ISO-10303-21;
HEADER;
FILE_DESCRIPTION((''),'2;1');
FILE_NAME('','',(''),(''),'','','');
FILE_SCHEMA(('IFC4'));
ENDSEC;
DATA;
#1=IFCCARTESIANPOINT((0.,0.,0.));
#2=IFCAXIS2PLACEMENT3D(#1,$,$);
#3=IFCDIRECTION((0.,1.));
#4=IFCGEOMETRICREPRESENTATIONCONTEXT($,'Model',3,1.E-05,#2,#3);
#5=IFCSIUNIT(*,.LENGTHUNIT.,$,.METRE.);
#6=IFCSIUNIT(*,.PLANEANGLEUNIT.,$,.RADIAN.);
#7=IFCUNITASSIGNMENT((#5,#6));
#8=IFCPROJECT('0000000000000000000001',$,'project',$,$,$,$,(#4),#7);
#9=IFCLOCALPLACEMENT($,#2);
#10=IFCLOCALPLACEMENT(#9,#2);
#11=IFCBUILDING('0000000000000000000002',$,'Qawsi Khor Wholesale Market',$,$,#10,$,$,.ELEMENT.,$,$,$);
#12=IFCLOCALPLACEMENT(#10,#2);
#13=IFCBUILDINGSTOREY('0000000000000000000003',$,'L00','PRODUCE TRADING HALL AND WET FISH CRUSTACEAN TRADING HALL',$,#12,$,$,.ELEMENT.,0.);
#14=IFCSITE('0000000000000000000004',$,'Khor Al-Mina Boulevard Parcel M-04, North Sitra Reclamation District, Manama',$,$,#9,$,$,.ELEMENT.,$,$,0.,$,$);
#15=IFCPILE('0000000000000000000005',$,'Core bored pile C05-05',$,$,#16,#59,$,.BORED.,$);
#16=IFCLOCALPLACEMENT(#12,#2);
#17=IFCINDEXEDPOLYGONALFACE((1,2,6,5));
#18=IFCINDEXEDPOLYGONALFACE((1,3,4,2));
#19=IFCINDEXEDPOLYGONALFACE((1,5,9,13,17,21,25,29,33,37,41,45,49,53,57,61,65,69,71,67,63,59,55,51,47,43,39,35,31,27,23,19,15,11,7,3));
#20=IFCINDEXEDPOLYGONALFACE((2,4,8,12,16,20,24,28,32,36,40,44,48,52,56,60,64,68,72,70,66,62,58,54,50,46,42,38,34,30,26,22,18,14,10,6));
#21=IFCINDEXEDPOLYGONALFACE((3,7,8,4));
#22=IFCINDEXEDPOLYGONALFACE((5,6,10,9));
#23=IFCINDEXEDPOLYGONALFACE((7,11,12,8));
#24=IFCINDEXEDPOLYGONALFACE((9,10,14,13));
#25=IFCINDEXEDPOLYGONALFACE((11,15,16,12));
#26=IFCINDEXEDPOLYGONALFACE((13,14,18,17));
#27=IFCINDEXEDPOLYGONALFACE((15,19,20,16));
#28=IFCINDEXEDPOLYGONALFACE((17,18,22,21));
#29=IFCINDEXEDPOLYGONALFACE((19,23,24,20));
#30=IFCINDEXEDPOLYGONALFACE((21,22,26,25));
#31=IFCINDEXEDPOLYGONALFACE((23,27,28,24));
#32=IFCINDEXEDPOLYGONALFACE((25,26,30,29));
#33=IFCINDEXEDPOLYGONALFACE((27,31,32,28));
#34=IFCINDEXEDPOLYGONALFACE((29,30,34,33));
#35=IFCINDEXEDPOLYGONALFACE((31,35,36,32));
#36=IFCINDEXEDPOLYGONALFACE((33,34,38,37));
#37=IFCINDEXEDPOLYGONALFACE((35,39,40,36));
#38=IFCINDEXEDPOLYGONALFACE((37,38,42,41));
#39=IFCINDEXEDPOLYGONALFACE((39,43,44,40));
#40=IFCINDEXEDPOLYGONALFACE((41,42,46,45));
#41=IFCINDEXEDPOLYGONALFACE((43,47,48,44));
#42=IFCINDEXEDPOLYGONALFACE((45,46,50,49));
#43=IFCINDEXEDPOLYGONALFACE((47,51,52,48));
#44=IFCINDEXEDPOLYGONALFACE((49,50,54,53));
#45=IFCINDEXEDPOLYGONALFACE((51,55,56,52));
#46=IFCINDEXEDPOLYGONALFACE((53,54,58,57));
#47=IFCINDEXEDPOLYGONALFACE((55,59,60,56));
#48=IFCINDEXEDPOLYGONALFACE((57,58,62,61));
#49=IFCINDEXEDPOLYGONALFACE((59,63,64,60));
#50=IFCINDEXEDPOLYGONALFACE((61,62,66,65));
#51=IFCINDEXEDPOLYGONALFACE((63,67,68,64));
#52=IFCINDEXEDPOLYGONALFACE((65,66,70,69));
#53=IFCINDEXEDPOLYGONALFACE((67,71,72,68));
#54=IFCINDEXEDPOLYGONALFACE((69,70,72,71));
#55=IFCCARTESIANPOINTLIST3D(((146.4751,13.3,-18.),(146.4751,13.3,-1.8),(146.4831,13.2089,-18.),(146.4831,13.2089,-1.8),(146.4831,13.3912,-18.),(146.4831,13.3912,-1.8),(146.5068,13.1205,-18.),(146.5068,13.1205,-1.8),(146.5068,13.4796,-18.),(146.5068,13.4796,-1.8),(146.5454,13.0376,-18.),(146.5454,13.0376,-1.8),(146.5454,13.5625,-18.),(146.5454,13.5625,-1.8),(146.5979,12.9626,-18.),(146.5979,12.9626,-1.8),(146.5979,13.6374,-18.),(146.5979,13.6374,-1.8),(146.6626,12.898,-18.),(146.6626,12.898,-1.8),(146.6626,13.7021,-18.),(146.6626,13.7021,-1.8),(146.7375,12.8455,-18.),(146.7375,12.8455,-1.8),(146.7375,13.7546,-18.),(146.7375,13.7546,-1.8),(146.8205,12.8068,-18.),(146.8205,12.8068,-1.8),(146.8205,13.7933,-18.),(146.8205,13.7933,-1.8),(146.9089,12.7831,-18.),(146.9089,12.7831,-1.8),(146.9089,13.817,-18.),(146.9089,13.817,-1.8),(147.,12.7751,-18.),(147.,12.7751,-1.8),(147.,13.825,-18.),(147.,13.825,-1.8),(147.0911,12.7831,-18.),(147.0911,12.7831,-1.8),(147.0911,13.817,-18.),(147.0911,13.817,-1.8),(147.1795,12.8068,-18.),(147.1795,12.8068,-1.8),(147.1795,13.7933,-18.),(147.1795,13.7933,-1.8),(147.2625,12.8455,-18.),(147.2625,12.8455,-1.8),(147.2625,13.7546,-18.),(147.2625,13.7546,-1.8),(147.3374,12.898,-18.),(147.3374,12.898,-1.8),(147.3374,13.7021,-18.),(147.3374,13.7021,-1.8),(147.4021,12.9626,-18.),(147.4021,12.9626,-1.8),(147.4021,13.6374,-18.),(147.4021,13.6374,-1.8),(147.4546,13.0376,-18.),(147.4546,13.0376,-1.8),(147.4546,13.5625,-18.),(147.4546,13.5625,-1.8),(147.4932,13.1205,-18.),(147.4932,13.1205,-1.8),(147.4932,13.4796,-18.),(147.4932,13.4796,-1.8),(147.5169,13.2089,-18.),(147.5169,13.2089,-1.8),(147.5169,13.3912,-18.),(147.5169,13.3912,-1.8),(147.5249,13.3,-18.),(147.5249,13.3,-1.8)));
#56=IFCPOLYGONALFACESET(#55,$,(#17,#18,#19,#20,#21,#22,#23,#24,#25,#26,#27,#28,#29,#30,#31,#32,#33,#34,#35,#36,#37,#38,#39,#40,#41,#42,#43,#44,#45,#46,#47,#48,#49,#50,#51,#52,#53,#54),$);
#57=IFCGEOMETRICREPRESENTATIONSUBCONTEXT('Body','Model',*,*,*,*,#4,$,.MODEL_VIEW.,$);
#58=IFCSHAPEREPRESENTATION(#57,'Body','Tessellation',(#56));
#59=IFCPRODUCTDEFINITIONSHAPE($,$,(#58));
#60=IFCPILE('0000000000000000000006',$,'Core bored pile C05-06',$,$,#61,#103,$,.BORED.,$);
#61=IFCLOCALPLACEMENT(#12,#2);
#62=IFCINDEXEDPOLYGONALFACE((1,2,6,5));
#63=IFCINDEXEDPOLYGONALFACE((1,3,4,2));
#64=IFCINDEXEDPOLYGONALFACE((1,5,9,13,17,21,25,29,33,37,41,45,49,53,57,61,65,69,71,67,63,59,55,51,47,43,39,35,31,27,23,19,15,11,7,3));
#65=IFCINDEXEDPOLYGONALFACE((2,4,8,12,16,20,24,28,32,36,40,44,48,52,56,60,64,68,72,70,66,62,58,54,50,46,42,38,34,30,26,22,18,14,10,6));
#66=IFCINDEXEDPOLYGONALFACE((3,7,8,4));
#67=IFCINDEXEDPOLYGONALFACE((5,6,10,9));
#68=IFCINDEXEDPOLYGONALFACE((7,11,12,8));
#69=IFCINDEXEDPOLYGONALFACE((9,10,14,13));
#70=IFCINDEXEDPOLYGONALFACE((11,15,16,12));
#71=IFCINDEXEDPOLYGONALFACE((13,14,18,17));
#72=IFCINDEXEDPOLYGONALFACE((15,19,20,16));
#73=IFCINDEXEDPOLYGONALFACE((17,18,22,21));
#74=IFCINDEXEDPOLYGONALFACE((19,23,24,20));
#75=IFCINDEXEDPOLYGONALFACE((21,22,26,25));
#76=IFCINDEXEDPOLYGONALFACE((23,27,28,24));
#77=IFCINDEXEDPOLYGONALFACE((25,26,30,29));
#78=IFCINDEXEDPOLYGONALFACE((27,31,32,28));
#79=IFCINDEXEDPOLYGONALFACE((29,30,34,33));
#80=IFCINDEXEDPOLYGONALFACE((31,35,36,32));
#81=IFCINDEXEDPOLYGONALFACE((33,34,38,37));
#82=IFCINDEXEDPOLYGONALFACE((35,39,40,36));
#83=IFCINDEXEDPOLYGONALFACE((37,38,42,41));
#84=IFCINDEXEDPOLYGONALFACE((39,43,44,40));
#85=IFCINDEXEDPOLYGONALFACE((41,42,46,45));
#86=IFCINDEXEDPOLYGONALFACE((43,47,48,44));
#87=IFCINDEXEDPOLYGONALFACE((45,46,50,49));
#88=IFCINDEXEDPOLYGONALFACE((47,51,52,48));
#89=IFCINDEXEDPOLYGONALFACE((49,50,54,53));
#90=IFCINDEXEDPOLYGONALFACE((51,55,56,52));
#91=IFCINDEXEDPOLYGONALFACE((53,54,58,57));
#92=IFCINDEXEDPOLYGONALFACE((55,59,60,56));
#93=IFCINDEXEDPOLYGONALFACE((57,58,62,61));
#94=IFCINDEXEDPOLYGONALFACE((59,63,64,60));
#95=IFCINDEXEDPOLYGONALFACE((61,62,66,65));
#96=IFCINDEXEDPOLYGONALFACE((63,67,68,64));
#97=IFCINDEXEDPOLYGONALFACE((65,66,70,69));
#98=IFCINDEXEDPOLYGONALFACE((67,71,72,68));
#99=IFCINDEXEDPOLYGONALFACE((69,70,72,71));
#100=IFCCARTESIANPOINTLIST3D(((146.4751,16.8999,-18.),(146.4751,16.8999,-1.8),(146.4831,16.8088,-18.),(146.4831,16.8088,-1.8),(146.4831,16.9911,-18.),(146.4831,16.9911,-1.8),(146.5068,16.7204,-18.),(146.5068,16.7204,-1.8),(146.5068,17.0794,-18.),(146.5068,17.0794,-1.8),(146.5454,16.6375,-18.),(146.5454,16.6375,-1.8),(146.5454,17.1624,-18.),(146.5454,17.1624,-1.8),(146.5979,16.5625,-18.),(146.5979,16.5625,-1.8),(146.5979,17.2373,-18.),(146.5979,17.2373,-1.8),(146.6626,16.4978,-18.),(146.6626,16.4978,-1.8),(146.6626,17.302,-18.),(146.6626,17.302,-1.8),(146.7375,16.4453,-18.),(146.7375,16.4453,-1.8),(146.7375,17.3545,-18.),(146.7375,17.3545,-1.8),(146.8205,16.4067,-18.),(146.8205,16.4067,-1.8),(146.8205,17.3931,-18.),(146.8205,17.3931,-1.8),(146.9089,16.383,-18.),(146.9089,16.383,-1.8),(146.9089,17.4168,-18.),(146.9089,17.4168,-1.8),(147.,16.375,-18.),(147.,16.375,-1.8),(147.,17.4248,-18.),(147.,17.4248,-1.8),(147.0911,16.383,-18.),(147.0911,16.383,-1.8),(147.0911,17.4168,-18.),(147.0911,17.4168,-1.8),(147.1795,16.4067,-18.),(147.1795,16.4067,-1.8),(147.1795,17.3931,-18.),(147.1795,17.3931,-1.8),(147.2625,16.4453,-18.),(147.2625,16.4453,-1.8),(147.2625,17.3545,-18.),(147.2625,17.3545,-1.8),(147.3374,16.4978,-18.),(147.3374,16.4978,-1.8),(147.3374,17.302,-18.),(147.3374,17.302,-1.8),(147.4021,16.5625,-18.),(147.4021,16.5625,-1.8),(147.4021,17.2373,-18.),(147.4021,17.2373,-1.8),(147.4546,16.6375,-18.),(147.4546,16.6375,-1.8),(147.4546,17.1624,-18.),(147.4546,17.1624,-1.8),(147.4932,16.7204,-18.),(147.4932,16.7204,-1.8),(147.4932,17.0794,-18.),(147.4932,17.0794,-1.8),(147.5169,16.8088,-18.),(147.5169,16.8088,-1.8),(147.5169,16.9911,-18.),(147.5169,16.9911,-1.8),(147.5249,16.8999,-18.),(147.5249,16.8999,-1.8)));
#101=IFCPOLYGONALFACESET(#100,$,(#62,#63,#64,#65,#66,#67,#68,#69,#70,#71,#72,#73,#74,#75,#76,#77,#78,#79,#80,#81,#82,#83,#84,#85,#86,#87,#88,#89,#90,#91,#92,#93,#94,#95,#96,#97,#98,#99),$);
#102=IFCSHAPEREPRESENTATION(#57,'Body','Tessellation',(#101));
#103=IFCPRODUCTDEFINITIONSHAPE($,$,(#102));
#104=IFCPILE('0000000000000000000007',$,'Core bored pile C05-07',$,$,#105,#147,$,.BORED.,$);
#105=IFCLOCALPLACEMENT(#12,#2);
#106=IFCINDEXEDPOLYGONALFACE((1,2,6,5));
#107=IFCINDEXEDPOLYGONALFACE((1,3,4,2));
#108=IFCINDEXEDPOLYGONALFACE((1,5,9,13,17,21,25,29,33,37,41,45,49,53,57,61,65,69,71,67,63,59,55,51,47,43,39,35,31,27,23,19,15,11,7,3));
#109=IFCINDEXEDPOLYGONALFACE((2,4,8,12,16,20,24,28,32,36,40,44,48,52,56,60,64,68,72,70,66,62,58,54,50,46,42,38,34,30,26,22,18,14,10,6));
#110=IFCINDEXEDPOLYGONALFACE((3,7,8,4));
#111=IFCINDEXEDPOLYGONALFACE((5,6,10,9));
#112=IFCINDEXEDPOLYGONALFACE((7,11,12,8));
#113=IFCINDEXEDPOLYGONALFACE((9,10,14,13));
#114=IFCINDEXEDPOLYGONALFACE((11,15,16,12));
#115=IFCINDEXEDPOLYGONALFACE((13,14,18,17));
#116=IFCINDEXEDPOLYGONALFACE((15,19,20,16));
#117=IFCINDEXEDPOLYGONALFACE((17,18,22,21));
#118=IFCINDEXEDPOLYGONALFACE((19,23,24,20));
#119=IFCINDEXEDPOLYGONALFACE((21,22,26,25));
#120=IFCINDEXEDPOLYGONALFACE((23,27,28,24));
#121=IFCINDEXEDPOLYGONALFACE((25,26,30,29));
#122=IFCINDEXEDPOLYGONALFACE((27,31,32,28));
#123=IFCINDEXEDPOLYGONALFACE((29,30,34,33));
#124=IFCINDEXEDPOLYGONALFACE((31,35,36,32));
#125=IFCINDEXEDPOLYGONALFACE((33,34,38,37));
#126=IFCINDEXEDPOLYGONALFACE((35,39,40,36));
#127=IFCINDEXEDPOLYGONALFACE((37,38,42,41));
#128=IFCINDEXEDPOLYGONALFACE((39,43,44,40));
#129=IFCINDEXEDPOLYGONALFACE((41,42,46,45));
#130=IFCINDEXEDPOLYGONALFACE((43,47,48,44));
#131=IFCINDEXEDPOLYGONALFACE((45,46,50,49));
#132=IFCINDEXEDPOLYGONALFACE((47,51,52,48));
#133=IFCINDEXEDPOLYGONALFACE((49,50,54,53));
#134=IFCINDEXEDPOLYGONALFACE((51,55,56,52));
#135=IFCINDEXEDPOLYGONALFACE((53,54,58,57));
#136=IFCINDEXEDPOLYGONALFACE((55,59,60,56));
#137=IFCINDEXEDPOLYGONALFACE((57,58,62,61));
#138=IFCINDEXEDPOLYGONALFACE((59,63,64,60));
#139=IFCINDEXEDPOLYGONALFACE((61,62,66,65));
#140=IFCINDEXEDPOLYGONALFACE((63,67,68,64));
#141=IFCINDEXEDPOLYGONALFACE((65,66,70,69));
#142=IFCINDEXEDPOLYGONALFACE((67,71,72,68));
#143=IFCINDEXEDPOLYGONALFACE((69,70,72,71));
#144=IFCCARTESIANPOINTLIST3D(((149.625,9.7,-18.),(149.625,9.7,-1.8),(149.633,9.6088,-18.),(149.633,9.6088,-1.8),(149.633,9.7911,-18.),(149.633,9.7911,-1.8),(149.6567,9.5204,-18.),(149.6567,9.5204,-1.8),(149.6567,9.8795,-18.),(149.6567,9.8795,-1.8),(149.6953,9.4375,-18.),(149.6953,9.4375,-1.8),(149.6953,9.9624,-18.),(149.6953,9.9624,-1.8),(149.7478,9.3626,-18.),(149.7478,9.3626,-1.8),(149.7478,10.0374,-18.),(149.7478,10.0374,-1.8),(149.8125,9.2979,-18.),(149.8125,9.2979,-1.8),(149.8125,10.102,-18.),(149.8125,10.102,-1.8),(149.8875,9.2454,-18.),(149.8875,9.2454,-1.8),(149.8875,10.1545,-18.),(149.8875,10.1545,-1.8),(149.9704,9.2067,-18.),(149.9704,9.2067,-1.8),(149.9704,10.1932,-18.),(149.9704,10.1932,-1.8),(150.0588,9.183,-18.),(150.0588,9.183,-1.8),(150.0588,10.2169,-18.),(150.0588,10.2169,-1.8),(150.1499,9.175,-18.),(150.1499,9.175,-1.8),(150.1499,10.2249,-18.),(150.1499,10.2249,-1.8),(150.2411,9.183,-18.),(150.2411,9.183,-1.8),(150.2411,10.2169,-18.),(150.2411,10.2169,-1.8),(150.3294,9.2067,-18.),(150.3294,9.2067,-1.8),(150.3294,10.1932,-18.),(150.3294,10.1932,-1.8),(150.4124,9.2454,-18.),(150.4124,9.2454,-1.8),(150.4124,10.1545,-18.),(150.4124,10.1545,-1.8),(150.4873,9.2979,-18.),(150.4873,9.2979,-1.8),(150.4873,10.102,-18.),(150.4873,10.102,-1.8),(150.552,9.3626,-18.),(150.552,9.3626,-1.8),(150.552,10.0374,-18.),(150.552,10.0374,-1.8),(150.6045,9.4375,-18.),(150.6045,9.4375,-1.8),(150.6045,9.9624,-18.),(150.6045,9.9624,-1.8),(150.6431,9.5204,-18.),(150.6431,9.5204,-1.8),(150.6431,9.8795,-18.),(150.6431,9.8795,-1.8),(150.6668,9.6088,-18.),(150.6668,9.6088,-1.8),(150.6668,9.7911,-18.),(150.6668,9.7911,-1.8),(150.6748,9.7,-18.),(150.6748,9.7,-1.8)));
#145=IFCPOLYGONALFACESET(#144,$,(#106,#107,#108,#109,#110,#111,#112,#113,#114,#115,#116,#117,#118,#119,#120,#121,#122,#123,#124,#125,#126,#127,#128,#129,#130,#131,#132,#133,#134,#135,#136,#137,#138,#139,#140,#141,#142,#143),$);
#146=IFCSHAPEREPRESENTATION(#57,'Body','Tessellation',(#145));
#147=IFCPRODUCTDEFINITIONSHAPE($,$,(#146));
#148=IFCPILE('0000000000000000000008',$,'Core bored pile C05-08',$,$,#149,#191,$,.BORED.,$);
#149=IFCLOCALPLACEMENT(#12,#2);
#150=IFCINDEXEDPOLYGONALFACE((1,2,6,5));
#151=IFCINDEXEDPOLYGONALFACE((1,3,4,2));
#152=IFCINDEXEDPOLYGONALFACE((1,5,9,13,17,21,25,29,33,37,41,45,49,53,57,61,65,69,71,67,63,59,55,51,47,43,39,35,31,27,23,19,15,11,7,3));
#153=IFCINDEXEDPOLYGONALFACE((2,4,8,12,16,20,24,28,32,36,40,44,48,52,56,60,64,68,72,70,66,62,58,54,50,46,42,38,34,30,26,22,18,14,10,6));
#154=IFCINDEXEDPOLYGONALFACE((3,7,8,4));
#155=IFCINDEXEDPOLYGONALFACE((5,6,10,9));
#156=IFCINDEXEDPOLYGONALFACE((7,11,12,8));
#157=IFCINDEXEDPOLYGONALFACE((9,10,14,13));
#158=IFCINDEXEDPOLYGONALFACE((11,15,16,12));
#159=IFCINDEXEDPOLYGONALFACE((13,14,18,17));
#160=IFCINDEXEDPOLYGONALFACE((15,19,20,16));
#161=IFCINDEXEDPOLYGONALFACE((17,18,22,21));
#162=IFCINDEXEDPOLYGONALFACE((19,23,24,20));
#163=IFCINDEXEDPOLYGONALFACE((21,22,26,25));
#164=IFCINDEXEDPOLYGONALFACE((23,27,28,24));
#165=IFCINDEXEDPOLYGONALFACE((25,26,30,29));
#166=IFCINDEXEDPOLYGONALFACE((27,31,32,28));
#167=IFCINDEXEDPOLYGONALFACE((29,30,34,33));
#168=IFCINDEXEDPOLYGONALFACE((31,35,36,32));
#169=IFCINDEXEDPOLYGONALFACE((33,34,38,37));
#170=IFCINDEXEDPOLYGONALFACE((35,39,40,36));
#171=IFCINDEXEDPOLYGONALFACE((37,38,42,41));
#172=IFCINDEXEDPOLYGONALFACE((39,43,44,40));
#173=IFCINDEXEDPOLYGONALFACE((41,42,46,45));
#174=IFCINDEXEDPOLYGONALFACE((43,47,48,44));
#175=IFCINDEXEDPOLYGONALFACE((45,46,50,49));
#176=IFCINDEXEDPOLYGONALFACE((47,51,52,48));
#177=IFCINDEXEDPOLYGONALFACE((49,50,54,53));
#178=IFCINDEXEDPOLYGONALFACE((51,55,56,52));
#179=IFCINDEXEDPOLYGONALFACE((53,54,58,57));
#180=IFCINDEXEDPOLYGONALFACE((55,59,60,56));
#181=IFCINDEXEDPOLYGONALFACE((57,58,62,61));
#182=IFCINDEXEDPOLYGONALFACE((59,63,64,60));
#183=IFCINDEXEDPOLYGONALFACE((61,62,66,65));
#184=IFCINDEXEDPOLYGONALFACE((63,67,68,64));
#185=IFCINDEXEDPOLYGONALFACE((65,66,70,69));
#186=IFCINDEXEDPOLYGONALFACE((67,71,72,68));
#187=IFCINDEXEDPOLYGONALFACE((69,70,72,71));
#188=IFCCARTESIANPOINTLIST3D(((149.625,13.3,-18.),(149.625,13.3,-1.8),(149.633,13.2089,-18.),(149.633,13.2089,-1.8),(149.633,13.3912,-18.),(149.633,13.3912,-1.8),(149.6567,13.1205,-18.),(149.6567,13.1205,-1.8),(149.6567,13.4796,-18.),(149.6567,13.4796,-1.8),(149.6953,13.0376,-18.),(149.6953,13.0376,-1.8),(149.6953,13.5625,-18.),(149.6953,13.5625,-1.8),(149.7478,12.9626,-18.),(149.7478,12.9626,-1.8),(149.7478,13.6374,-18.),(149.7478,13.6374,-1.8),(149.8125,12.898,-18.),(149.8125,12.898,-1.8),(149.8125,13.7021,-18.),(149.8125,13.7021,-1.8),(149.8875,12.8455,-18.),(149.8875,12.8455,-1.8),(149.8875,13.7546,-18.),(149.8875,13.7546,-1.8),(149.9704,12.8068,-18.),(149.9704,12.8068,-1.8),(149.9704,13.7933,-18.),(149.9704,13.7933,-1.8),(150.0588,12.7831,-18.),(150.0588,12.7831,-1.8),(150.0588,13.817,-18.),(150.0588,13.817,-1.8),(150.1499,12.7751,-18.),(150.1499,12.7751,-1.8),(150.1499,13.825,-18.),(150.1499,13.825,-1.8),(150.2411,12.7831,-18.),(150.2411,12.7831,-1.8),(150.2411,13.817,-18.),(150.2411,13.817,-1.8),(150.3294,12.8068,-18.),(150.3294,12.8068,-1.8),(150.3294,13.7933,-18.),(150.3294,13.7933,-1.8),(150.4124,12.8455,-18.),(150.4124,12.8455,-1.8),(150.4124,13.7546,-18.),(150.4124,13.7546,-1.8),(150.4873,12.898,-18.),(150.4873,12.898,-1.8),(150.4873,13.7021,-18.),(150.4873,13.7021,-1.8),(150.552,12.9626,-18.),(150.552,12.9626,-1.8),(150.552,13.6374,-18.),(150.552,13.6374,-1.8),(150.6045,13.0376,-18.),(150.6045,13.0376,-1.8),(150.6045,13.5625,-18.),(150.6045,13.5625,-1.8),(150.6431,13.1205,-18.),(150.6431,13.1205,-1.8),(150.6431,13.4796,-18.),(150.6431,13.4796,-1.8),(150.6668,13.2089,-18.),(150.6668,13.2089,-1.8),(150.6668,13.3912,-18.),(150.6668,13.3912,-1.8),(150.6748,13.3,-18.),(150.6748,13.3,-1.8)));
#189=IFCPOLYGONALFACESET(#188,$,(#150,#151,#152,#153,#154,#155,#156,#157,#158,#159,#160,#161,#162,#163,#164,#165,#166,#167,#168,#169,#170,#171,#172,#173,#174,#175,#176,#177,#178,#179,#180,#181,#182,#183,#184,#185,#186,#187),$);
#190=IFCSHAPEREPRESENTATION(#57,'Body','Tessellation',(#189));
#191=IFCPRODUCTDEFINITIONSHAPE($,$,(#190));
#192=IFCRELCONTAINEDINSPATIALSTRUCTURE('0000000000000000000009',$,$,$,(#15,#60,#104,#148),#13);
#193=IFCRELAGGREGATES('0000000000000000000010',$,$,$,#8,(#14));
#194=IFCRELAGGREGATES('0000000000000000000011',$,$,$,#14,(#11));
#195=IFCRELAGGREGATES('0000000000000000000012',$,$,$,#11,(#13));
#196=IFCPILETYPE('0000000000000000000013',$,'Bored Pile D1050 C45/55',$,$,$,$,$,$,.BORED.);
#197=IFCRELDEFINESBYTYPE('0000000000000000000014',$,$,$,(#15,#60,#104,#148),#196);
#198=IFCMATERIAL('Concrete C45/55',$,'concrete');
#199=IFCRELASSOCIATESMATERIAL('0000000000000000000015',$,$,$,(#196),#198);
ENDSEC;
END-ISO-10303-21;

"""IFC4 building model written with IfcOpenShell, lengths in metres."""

from ifc_helpers import new_model, si_unit, direction, frame, origin, origin_2d, place, context, subcontext, project, spatial, circle, extrude, material, material_profile, profile_set, type_object, element, save


model = new_model("IFC4")

# Units and contexts
model_context = context("Model", 3, precision=1e-05, world=origin(), true_north=direction((0.0, 1.0)))
body_context = subcontext(model_context, "Body", "Model", "MODEL_VIEW")
ifc_project = project(units=[si_unit("LENGTHUNIT", "METRE"), si_unit("PLANEANGLEUNIT", "RADIAN")], contexts=[model_context])

# Site, building, storey
site_placement = place(None, origin())
site = spatial("IfcSite", under=ifc_project, at=site_placement, Name="Khor Al-Mina Boulevard Parcel M-04, North Sitra Reclamation District, Manama", CompositionType="ELEMENT", RefElevation=0.0)
building_placement = place(site_placement, origin())
building = spatial("IfcBuilding", under=site, at=building_placement, Name="Qawsi Khor Wholesale Market", CompositionType="ELEMENT")
storey_placement = place(building_placement, origin())
storey = spatial("IfcBuildingStorey", under=building, at=storey_placement, Name="L00", Description="PRODUCE TRADING HALL AND WET FISH CRUSTACEAN TRADING HALL", CompositionType="ELEMENT", Elevation=0.0)

# Piles
ifc_material_1 = material(Name="Concrete C45/55", Category="concrete")
ifc_material_profile_1 = material_profile(ifc_material_1, circle(Radius=0.5249, at=origin_2d()), Name="PILE D1050")
ifc_profile_set_1 = profile_set([ifc_material_profile_1], Name="Concrete C45/55")
pile_type_1 = type_object("IfcPileType", Name="Bored Pile D1050 C45/55", PredefinedType="BORED", material=ifc_profile_set_1)
for number, where, z_axis, x_axis, name in (
    (1, (147.0, 13.3, -1.8), (0.0, 0.0, -1.0), (1.0, 0.0, 0.0), "Core bored pile C05-05"),
    (2, (147.0, 16.8999, -1.8), (0.0, 0.0, -1.0), (1.0, 0.0, 0.0), "Core bored pile C05-06"),
    (3, (150.1499, 9.7, -1.8), (0.0, 0.0, -1.0), (1.0, 0.0, 0.0), "Core bored pile C05-07"),
    (4, (150.1499, 13.3, -1.8), (0.0, 0.0, -1.0), (1.0, 0.0, 0.0), "Core bored pile C05-08"),
):
    element("IfcPile", number, at=place(storey_placement, frame(where, z_axis=z_axis, x_axis=x_axis)), inside=storey, type_object=pile_type_1, Name=name, PredefinedType="BORED", context=body_context, shape_type="SweptSolid", body=[
        extrude(circle(Radius=0.5249, at=origin_2d()), origin(), (0.0, 0.0, 1.0), 16.2),
    ])

save(model, "model.ifc")
